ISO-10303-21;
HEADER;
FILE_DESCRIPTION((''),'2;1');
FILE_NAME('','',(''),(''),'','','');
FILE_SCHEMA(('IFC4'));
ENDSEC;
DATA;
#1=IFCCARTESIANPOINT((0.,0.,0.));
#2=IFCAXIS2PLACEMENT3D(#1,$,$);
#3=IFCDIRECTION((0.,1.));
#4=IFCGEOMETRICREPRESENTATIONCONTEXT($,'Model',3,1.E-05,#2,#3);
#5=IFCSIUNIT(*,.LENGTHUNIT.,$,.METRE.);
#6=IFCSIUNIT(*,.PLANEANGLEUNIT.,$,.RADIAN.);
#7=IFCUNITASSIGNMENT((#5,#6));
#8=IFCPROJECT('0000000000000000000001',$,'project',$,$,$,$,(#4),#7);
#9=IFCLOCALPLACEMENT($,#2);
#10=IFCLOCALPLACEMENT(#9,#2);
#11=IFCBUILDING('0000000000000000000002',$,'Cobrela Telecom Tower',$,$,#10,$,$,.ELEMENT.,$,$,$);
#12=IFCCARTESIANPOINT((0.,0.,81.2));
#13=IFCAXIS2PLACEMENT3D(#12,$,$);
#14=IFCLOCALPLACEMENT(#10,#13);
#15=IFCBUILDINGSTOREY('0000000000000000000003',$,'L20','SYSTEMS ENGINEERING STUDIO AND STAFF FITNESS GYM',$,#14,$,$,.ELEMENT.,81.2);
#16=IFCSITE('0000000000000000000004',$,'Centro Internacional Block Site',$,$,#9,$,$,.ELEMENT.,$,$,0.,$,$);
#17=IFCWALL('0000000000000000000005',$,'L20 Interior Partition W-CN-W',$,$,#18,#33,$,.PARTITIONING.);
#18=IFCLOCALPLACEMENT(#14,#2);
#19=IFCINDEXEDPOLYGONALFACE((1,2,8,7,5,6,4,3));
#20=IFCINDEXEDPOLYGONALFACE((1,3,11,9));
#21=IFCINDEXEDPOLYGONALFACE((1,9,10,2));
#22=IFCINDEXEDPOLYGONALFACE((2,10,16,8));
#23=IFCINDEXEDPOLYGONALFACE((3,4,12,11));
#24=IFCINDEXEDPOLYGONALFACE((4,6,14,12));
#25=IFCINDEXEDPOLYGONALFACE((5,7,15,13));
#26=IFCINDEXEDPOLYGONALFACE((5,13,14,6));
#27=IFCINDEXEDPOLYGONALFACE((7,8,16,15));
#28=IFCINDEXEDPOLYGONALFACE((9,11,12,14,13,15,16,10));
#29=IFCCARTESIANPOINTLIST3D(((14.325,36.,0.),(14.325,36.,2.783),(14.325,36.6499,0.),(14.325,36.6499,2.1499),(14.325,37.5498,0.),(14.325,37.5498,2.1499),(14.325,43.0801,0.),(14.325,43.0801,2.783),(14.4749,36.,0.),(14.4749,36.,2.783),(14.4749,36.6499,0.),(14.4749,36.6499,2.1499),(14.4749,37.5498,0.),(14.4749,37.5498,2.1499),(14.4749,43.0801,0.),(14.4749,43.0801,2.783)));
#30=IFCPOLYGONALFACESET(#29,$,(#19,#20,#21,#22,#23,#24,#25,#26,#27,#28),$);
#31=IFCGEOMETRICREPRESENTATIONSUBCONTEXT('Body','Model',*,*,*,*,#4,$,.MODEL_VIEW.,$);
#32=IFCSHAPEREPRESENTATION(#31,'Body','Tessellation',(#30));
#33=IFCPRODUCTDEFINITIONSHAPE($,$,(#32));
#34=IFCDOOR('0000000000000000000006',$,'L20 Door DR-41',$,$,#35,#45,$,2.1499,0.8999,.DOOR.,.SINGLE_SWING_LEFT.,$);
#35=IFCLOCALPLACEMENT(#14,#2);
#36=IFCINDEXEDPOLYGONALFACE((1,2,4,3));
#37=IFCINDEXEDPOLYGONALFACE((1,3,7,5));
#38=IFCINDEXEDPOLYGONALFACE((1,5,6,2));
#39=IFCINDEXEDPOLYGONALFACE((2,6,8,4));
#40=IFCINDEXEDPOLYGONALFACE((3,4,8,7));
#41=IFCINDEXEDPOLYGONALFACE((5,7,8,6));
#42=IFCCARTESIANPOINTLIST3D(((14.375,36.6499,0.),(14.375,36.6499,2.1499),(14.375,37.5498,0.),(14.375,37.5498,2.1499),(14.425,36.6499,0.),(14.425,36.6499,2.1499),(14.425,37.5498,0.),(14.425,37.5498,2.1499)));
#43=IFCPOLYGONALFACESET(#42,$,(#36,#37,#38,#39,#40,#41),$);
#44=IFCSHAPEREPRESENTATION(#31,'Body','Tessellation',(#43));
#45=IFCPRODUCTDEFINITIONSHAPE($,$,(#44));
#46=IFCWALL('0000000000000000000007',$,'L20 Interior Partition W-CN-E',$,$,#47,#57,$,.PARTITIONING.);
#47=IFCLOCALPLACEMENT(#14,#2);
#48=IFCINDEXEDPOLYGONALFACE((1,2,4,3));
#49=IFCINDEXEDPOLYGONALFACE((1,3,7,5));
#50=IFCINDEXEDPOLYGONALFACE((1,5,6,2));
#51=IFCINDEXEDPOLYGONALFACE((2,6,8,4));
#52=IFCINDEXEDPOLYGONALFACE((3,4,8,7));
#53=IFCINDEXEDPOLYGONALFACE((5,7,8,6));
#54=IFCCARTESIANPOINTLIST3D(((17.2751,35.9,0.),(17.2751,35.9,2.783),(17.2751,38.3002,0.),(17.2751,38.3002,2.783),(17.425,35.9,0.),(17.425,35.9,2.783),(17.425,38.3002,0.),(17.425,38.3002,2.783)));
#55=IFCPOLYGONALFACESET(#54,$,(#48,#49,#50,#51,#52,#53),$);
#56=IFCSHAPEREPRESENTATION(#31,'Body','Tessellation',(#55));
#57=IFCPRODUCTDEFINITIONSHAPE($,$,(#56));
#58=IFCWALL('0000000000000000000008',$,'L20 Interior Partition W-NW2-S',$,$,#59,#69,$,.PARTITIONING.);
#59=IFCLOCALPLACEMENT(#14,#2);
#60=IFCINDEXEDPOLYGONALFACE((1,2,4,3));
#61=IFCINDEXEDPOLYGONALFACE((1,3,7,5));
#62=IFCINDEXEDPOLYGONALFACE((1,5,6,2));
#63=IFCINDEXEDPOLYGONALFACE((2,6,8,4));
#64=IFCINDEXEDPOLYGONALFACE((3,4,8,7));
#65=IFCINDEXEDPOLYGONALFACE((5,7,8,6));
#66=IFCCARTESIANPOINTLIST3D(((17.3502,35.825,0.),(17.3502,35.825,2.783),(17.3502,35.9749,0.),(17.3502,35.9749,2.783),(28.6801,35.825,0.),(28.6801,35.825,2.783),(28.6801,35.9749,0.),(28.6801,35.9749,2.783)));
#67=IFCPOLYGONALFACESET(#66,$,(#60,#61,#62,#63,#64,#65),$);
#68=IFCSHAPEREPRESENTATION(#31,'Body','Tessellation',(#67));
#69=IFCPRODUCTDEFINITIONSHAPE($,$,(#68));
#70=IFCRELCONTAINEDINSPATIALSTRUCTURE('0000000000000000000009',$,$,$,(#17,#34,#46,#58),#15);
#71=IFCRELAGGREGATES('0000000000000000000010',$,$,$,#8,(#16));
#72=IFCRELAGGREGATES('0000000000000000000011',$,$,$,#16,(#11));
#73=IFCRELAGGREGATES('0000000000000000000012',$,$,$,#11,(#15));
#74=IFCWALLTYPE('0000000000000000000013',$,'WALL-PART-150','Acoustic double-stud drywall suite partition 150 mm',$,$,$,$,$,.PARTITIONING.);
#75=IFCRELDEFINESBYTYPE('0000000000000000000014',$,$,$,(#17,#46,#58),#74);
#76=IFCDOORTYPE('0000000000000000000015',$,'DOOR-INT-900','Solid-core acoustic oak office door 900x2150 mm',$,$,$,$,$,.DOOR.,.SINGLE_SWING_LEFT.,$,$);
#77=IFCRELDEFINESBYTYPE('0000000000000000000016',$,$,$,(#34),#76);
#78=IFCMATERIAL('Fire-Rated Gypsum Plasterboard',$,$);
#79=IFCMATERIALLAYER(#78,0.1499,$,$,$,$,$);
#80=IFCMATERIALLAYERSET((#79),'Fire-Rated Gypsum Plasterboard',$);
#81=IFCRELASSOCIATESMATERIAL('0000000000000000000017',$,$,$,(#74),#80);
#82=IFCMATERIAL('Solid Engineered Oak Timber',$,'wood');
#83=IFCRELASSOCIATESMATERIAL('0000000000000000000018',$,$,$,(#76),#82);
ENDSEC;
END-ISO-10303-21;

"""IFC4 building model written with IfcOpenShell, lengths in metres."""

from ifc_helpers import new_model, si_unit, direction, frame, frame_2d, origin, place, context, subcontext, project, spatial, rectangle, extrude, material, layer, layer_set, type_object, element, fill, save


model = new_model("IFC4")

# Units and contexts
model_context = context("Model", 3, precision=1e-05, world=origin(), true_north=direction((0.0, 1.0)))
body_context = subcontext(model_context, "Body", "Model", "MODEL_VIEW")
ifc_project = project(units=[si_unit("LENGTHUNIT", "METRE"), si_unit("PLANEANGLEUNIT", "RADIAN")], contexts=[model_context])

# Site, building, storey
site_placement = place(None, origin())
site = spatial("IfcSite", under=ifc_project, at=site_placement, Name="Centro Internacional Block Site", CompositionType="ELEMENT", RefElevation=0.0)
building_placement = place(site_placement, origin())
building = spatial("IfcBuilding", under=site, at=building_placement, Name="Cobrela Telecom Tower", CompositionType="ELEMENT")
storey_placement = place(building_placement, frame((0.0, 0.0, 81.2)))
storey = spatial("IfcBuildingStorey", under=building, at=storey_placement, Name="L20", Description="SYSTEMS ENGINEERING STUDIO AND STAFF FITNESS GYM", CompositionType="ELEMENT", Elevation=81.2)

# Wall, opening, door
ifc_material_1 = material(Name="Fire-Rated Gypsum Plasterboard")
ifc_layer_1 = layer(ifc_material_1, 0.1499)
ifc_layer_set_1 = layer_set([ifc_layer_1], Name="Fire-Rated Gypsum Plasterboard")
wall_type = type_object("IfcWallType", Name="WALL-PART-150", Description="Acoustic double-stud drywall suite partition 150 mm", PredefinedType="PARTITIONING", material=ifc_layer_set_1)
wall_1_placement = place(storey_placement, frame((14.3999, 36.0, 0.0), z_axis=(0.0, 0.0, 1.0), x_axis=(0.0, 1.0, 0.0)))
wall_1 = element("IfcWall", 1, at=wall_1_placement, inside=storey, type_object=wall_type, Name="L20 Interior Partition W-CN-W", PredefinedType="PARTITIONING", context=body_context, shape_type="SweptSolid", body=[
    extrude(rectangle(XDim=7.0801, YDim=0.1499, at=frame_2d((3.54, 0.0))), origin(), (0.0, 0.0, 1.0), 2.783),
])
opening_1_placement = place(wall_1_placement, frame((0.6499, 0.0, 0.0)))
opening_1 = element("IfcOpeningElement", 2, at=opening_1_placement, cuts=wall_1, PredefinedType="OPENING", context=body_context, shape_type="SweptSolid", body=[
    extrude(rectangle(XDim=0.8999, YDim=2.1499, at=frame_2d((0.45, 1.075))), frame((0.0, 0.0869, 0.0), z_axis=(0.0, -1.0, 0.0), x_axis=(1.0, 0.0, 0.0)), (0.0, 0.0, 1.0), 0.1738),
])
ifc_material_2 = material(Name="Solid Engineered Oak Timber", Category="wood")
door_type_1 = type_object("IfcDoorType", Name="DOOR-INT-900", Description="Solid-core acoustic oak office door 900x2150 mm", OperationType="SINGLE_SWING_LEFT", PredefinedType="DOOR", material=ifc_material_2)
door_1_placement = place(opening_1_placement, origin())
door_1 = element("IfcDoor", 3, at=door_1_placement, inside=storey, type_object=door_type_1, Name="L20 Door DR-41", OperationType="SINGLE_SWING_LEFT", OverallHeight=2.1499, OverallWidth=0.8999, PredefinedType="DOOR", context=body_context, shape_type="SweptSolid", body=[
    extrude(rectangle(XDim=0.8999, YDim=2.1499, at=frame_2d((0.45, 1.075))), frame((0.0, 0.0249, 0.0), z_axis=(0.0, -1.0, 0.0), x_axis=(1.0, 0.0, 0.0)), (0.0, 0.0, 1.0), 0.05),
])
fill(opening_1, door_1)

# Wall
wall_2_placement = place(storey_placement, frame((17.3501, 35.8999, 0.0), z_axis=(0.0, 0.0, 1.0), x_axis=(0.0, 1.0, 0.0)))
element("IfcWall", 4, at=wall_2_placement, inside=storey, type_object=wall_type, Name="L20 Interior Partition W-CN-E", PredefinedType="PARTITIONING", context=body_context, shape_type="SweptSolid", body=[
    extrude(rectangle(XDim=2.4001, YDim=0.1499, at=frame_2d((1.2002, 0.0))), origin(), (0.0, 0.0, 1.0), 2.783),
])

# Wall
wall_3_placement = place(storey_placement, frame((17.3501, 35.8999, 0.0), z_axis=(0.0, 0.0, 1.0), x_axis=(1.0, 0.0, 0.0)))
element("IfcWall", 5, at=wall_3_placement, inside=storey, type_object=wall_type, Name="L20 Interior Partition W-NW2-S", PredefinedType="PARTITIONING", context=body_context, shape_type="SweptSolid", body=[
    extrude(rectangle(XDim=11.3298, YDim=0.1499, at=frame_2d((5.665, 0.0))), origin(), (0.0, 0.0, 1.0), 2.783),
])

save(model, "model.ifc")
